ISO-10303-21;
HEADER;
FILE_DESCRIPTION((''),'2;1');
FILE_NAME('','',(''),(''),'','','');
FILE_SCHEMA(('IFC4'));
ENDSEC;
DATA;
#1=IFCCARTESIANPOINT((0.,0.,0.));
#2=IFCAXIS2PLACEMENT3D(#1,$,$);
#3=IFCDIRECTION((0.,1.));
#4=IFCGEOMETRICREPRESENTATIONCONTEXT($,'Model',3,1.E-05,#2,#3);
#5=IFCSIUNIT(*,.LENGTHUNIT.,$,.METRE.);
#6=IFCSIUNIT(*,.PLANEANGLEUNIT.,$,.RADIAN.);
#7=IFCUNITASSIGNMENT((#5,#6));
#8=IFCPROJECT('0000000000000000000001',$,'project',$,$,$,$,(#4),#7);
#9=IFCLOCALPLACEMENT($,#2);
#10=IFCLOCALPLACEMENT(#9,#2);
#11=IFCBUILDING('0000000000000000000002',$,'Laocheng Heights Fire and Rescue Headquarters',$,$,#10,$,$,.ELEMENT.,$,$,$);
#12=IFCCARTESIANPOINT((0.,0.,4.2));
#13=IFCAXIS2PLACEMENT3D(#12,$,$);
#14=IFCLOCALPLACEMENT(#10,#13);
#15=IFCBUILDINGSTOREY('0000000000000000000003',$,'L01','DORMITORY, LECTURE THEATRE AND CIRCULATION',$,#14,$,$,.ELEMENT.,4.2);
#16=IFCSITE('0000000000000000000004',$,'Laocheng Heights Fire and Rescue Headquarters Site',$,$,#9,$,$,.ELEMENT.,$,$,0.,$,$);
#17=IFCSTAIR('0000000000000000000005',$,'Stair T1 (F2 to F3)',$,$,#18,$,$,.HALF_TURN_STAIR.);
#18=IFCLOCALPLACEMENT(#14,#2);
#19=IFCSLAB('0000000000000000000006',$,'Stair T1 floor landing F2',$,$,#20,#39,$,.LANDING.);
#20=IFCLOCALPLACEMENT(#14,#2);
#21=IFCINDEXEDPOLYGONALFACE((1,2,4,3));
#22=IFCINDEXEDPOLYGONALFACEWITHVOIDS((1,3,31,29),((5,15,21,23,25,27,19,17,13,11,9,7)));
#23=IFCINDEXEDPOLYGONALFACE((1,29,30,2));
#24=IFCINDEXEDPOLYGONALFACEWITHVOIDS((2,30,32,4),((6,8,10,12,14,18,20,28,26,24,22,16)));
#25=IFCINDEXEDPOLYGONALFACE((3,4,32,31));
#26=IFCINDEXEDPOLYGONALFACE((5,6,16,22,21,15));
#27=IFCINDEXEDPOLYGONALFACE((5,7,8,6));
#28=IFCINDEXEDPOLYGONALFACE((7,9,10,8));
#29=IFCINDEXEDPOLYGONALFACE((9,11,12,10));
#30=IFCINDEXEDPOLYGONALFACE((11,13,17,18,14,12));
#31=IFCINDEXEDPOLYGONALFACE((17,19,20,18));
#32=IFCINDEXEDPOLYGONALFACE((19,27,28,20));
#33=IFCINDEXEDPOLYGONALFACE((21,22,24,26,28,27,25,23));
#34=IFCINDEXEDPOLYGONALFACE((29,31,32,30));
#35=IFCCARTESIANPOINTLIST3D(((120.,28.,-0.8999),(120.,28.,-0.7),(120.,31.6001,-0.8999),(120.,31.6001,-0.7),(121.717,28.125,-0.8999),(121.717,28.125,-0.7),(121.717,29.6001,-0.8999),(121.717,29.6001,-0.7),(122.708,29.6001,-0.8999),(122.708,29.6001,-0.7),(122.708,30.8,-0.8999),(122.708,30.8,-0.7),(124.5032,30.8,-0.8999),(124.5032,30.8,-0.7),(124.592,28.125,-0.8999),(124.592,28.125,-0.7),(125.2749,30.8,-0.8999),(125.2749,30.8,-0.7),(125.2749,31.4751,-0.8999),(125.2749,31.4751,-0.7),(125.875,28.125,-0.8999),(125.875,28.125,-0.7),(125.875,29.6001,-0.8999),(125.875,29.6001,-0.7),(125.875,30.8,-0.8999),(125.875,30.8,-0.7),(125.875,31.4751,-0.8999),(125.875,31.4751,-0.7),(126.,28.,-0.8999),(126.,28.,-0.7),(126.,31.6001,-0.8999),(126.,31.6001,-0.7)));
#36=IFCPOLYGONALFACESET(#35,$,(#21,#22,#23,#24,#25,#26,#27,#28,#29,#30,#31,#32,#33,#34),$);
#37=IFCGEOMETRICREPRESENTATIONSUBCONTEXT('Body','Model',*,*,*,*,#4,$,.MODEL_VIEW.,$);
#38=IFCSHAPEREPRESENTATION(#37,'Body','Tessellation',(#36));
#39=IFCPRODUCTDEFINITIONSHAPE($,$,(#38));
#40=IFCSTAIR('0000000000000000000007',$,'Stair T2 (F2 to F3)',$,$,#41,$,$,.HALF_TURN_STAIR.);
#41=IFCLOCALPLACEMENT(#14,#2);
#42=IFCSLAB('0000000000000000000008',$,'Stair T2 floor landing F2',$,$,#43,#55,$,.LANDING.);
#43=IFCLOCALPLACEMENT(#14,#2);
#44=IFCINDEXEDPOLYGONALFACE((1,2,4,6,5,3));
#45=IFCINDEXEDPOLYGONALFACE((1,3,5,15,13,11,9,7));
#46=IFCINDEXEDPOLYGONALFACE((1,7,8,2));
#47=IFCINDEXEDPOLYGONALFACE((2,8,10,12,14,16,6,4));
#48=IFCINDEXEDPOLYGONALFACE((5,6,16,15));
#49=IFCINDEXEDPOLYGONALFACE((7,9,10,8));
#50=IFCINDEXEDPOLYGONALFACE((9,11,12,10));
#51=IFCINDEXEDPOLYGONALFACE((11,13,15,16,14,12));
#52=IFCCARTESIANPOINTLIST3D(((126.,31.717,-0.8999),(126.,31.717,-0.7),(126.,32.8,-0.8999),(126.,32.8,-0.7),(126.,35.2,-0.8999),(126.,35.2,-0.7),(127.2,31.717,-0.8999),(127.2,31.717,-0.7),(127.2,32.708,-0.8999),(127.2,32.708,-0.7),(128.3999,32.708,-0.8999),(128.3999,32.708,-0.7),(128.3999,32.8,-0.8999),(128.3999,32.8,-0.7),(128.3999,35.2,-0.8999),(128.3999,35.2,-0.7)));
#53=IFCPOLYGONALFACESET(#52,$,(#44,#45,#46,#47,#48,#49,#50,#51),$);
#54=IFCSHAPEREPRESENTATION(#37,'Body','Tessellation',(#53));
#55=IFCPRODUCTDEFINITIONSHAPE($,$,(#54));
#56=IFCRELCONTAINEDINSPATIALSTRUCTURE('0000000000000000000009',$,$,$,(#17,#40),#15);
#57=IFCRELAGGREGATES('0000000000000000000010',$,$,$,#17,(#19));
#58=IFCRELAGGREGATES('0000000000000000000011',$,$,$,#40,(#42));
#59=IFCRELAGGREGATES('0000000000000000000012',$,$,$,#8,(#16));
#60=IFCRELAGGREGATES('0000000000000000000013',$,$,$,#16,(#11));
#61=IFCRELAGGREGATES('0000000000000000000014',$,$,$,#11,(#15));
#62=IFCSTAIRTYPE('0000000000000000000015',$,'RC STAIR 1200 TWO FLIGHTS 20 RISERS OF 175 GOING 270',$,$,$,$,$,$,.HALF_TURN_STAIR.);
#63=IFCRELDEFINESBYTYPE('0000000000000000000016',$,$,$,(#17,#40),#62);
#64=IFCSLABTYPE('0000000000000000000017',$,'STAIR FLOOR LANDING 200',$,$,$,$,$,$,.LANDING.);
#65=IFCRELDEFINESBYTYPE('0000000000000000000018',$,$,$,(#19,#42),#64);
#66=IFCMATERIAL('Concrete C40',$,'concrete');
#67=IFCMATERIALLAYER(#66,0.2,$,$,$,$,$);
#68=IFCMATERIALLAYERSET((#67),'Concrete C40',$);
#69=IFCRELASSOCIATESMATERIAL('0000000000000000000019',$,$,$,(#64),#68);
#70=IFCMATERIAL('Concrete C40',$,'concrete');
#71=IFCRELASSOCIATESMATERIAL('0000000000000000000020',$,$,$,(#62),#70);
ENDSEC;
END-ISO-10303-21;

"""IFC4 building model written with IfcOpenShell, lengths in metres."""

from ifc_helpers import new_model, si_unit, direction, frame, origin, place, context, subcontext, project, spatial, polyline, outline, extrude, material, layer, layer_set, type_object, element, aggregate, save


model = new_model("IFC4")

# Units and contexts
model_context = context("Model", 3, precision=1e-05, world=origin(), true_north=direction((0.0, 1.0)))
body_context = subcontext(model_context, "Body", "Model", "MODEL_VIEW")
ifc_project = project(units=[si_unit("LENGTHUNIT", "METRE"), si_unit("PLANEANGLEUNIT", "RADIAN")], contexts=[model_context])

# Site, building, storey
site_placement = place(None, origin())
site = spatial("IfcSite", under=ifc_project, at=site_placement, Name="Laocheng Heights Fire and Rescue Headquarters Site", CompositionType="ELEMENT", RefElevation=0.0)
building_placement = place(site_placement, origin())
building = spatial("IfcBuilding", under=site, at=building_placement, Name="Laocheng Heights Fire and Rescue Headquarters", CompositionType="ELEMENT")
storey_placement = place(building_placement, frame((0.0, 0.0, 4.2)))
storey = spatial("IfcBuildingStorey", under=building, at=storey_placement, Name="L01", Description="DORMITORY, LECTURE THEATRE AND CIRCULATION", CompositionType="ELEMENT", Elevation=4.2)

# Shared definitions
ifc_material_1 = material(Name="Concrete C40", Category="concrete")
ifc_layer_1 = layer(ifc_material_1, 0.2)
ifc_layer_set_1 = layer_set([ifc_layer_1], Name="Concrete C40")
slab_type_1 = type_object("IfcSlabType", Name="STAIR FLOOR LANDING 200", PredefinedType="LANDING", material=ifc_layer_set_1)

# Stairs, slabs
ifc_material_2 = material(Name="Concrete C40", Category="concrete")
stair_type_1 = type_object("IfcStairType", Name="RC STAIR 1200 TWO FLIGHTS 20 RISERS OF 175 GOING 270", PredefinedType="HALF_TURN_STAIR", material=ifc_material_2)
stair_1_placement = place(storey_placement, origin())
stair_1 = element("IfcStair", 1, at=stair_1_placement, inside=storey, type_object=stair_type_1, Name="Stair T1 (F2 to F3)", PredefinedType="HALF_TURN_STAIR")
slab_1_placement = place(storey_placement, frame((0.0, 0.0, -0.8999)))
slab_1 = element("IfcSlab", 2, at=slab_1_placement, type_object=slab_type_1, Name="Stair T1 floor landing F2", PredefinedType="LANDING", context=body_context, shape_type="SweptSolid", body=[
    extrude(outline(polyline([(120.0, 31.6001), (126.0, 31.6001), (126.0, 28.0), (120.0, 28.0), (120.0, 31.6001)]), holes=[polyline([(121.717, 29.6001), (121.717, 28.125), (124.592, 28.125), (125.875, 28.125), (125.875, 29.6001), (125.875, 30.8), (125.875, 31.4751), (125.2749, 31.4751), (125.2749, 30.8), (124.5032, 30.8), (122.708, 30.8), (122.708, 29.6001), (121.717, 29.6001)])]), origin(), (0.0, 0.0, 1.0), 0.2),
])
aggregate(stair_1, [slab_1])
stair_2_placement = place(storey_placement, origin())
stair_2 = element("IfcStair", 3, at=stair_2_placement, inside=storey, type_object=stair_type_1, Name="Stair T2 (F2 to F3)", PredefinedType="HALF_TURN_STAIR")
slab_2_placement = place(storey_placement, frame((0.0, 0.0, -0.8999)))
slab_2 = element("IfcSlab", 4, at=slab_2_placement, type_object=slab_type_1, Name="Stair T2 floor landing F2", PredefinedType="LANDING", context=body_context, shape_type="SweptSolid", body=[
    extrude(outline(polyline([(126.0, 31.717), (127.2, 31.717), (127.2, 32.708), (128.3999, 32.708), (128.3999, 32.8), (128.3999, 35.2), (126.0, 35.2), (126.0, 32.8), (126.0, 32.8), (126.0, 31.717)])), origin(), (0.0, 0.0, 1.0), 0.2),
])
aggregate(stair_2, [slab_2])

save(model, "model.ifc")
